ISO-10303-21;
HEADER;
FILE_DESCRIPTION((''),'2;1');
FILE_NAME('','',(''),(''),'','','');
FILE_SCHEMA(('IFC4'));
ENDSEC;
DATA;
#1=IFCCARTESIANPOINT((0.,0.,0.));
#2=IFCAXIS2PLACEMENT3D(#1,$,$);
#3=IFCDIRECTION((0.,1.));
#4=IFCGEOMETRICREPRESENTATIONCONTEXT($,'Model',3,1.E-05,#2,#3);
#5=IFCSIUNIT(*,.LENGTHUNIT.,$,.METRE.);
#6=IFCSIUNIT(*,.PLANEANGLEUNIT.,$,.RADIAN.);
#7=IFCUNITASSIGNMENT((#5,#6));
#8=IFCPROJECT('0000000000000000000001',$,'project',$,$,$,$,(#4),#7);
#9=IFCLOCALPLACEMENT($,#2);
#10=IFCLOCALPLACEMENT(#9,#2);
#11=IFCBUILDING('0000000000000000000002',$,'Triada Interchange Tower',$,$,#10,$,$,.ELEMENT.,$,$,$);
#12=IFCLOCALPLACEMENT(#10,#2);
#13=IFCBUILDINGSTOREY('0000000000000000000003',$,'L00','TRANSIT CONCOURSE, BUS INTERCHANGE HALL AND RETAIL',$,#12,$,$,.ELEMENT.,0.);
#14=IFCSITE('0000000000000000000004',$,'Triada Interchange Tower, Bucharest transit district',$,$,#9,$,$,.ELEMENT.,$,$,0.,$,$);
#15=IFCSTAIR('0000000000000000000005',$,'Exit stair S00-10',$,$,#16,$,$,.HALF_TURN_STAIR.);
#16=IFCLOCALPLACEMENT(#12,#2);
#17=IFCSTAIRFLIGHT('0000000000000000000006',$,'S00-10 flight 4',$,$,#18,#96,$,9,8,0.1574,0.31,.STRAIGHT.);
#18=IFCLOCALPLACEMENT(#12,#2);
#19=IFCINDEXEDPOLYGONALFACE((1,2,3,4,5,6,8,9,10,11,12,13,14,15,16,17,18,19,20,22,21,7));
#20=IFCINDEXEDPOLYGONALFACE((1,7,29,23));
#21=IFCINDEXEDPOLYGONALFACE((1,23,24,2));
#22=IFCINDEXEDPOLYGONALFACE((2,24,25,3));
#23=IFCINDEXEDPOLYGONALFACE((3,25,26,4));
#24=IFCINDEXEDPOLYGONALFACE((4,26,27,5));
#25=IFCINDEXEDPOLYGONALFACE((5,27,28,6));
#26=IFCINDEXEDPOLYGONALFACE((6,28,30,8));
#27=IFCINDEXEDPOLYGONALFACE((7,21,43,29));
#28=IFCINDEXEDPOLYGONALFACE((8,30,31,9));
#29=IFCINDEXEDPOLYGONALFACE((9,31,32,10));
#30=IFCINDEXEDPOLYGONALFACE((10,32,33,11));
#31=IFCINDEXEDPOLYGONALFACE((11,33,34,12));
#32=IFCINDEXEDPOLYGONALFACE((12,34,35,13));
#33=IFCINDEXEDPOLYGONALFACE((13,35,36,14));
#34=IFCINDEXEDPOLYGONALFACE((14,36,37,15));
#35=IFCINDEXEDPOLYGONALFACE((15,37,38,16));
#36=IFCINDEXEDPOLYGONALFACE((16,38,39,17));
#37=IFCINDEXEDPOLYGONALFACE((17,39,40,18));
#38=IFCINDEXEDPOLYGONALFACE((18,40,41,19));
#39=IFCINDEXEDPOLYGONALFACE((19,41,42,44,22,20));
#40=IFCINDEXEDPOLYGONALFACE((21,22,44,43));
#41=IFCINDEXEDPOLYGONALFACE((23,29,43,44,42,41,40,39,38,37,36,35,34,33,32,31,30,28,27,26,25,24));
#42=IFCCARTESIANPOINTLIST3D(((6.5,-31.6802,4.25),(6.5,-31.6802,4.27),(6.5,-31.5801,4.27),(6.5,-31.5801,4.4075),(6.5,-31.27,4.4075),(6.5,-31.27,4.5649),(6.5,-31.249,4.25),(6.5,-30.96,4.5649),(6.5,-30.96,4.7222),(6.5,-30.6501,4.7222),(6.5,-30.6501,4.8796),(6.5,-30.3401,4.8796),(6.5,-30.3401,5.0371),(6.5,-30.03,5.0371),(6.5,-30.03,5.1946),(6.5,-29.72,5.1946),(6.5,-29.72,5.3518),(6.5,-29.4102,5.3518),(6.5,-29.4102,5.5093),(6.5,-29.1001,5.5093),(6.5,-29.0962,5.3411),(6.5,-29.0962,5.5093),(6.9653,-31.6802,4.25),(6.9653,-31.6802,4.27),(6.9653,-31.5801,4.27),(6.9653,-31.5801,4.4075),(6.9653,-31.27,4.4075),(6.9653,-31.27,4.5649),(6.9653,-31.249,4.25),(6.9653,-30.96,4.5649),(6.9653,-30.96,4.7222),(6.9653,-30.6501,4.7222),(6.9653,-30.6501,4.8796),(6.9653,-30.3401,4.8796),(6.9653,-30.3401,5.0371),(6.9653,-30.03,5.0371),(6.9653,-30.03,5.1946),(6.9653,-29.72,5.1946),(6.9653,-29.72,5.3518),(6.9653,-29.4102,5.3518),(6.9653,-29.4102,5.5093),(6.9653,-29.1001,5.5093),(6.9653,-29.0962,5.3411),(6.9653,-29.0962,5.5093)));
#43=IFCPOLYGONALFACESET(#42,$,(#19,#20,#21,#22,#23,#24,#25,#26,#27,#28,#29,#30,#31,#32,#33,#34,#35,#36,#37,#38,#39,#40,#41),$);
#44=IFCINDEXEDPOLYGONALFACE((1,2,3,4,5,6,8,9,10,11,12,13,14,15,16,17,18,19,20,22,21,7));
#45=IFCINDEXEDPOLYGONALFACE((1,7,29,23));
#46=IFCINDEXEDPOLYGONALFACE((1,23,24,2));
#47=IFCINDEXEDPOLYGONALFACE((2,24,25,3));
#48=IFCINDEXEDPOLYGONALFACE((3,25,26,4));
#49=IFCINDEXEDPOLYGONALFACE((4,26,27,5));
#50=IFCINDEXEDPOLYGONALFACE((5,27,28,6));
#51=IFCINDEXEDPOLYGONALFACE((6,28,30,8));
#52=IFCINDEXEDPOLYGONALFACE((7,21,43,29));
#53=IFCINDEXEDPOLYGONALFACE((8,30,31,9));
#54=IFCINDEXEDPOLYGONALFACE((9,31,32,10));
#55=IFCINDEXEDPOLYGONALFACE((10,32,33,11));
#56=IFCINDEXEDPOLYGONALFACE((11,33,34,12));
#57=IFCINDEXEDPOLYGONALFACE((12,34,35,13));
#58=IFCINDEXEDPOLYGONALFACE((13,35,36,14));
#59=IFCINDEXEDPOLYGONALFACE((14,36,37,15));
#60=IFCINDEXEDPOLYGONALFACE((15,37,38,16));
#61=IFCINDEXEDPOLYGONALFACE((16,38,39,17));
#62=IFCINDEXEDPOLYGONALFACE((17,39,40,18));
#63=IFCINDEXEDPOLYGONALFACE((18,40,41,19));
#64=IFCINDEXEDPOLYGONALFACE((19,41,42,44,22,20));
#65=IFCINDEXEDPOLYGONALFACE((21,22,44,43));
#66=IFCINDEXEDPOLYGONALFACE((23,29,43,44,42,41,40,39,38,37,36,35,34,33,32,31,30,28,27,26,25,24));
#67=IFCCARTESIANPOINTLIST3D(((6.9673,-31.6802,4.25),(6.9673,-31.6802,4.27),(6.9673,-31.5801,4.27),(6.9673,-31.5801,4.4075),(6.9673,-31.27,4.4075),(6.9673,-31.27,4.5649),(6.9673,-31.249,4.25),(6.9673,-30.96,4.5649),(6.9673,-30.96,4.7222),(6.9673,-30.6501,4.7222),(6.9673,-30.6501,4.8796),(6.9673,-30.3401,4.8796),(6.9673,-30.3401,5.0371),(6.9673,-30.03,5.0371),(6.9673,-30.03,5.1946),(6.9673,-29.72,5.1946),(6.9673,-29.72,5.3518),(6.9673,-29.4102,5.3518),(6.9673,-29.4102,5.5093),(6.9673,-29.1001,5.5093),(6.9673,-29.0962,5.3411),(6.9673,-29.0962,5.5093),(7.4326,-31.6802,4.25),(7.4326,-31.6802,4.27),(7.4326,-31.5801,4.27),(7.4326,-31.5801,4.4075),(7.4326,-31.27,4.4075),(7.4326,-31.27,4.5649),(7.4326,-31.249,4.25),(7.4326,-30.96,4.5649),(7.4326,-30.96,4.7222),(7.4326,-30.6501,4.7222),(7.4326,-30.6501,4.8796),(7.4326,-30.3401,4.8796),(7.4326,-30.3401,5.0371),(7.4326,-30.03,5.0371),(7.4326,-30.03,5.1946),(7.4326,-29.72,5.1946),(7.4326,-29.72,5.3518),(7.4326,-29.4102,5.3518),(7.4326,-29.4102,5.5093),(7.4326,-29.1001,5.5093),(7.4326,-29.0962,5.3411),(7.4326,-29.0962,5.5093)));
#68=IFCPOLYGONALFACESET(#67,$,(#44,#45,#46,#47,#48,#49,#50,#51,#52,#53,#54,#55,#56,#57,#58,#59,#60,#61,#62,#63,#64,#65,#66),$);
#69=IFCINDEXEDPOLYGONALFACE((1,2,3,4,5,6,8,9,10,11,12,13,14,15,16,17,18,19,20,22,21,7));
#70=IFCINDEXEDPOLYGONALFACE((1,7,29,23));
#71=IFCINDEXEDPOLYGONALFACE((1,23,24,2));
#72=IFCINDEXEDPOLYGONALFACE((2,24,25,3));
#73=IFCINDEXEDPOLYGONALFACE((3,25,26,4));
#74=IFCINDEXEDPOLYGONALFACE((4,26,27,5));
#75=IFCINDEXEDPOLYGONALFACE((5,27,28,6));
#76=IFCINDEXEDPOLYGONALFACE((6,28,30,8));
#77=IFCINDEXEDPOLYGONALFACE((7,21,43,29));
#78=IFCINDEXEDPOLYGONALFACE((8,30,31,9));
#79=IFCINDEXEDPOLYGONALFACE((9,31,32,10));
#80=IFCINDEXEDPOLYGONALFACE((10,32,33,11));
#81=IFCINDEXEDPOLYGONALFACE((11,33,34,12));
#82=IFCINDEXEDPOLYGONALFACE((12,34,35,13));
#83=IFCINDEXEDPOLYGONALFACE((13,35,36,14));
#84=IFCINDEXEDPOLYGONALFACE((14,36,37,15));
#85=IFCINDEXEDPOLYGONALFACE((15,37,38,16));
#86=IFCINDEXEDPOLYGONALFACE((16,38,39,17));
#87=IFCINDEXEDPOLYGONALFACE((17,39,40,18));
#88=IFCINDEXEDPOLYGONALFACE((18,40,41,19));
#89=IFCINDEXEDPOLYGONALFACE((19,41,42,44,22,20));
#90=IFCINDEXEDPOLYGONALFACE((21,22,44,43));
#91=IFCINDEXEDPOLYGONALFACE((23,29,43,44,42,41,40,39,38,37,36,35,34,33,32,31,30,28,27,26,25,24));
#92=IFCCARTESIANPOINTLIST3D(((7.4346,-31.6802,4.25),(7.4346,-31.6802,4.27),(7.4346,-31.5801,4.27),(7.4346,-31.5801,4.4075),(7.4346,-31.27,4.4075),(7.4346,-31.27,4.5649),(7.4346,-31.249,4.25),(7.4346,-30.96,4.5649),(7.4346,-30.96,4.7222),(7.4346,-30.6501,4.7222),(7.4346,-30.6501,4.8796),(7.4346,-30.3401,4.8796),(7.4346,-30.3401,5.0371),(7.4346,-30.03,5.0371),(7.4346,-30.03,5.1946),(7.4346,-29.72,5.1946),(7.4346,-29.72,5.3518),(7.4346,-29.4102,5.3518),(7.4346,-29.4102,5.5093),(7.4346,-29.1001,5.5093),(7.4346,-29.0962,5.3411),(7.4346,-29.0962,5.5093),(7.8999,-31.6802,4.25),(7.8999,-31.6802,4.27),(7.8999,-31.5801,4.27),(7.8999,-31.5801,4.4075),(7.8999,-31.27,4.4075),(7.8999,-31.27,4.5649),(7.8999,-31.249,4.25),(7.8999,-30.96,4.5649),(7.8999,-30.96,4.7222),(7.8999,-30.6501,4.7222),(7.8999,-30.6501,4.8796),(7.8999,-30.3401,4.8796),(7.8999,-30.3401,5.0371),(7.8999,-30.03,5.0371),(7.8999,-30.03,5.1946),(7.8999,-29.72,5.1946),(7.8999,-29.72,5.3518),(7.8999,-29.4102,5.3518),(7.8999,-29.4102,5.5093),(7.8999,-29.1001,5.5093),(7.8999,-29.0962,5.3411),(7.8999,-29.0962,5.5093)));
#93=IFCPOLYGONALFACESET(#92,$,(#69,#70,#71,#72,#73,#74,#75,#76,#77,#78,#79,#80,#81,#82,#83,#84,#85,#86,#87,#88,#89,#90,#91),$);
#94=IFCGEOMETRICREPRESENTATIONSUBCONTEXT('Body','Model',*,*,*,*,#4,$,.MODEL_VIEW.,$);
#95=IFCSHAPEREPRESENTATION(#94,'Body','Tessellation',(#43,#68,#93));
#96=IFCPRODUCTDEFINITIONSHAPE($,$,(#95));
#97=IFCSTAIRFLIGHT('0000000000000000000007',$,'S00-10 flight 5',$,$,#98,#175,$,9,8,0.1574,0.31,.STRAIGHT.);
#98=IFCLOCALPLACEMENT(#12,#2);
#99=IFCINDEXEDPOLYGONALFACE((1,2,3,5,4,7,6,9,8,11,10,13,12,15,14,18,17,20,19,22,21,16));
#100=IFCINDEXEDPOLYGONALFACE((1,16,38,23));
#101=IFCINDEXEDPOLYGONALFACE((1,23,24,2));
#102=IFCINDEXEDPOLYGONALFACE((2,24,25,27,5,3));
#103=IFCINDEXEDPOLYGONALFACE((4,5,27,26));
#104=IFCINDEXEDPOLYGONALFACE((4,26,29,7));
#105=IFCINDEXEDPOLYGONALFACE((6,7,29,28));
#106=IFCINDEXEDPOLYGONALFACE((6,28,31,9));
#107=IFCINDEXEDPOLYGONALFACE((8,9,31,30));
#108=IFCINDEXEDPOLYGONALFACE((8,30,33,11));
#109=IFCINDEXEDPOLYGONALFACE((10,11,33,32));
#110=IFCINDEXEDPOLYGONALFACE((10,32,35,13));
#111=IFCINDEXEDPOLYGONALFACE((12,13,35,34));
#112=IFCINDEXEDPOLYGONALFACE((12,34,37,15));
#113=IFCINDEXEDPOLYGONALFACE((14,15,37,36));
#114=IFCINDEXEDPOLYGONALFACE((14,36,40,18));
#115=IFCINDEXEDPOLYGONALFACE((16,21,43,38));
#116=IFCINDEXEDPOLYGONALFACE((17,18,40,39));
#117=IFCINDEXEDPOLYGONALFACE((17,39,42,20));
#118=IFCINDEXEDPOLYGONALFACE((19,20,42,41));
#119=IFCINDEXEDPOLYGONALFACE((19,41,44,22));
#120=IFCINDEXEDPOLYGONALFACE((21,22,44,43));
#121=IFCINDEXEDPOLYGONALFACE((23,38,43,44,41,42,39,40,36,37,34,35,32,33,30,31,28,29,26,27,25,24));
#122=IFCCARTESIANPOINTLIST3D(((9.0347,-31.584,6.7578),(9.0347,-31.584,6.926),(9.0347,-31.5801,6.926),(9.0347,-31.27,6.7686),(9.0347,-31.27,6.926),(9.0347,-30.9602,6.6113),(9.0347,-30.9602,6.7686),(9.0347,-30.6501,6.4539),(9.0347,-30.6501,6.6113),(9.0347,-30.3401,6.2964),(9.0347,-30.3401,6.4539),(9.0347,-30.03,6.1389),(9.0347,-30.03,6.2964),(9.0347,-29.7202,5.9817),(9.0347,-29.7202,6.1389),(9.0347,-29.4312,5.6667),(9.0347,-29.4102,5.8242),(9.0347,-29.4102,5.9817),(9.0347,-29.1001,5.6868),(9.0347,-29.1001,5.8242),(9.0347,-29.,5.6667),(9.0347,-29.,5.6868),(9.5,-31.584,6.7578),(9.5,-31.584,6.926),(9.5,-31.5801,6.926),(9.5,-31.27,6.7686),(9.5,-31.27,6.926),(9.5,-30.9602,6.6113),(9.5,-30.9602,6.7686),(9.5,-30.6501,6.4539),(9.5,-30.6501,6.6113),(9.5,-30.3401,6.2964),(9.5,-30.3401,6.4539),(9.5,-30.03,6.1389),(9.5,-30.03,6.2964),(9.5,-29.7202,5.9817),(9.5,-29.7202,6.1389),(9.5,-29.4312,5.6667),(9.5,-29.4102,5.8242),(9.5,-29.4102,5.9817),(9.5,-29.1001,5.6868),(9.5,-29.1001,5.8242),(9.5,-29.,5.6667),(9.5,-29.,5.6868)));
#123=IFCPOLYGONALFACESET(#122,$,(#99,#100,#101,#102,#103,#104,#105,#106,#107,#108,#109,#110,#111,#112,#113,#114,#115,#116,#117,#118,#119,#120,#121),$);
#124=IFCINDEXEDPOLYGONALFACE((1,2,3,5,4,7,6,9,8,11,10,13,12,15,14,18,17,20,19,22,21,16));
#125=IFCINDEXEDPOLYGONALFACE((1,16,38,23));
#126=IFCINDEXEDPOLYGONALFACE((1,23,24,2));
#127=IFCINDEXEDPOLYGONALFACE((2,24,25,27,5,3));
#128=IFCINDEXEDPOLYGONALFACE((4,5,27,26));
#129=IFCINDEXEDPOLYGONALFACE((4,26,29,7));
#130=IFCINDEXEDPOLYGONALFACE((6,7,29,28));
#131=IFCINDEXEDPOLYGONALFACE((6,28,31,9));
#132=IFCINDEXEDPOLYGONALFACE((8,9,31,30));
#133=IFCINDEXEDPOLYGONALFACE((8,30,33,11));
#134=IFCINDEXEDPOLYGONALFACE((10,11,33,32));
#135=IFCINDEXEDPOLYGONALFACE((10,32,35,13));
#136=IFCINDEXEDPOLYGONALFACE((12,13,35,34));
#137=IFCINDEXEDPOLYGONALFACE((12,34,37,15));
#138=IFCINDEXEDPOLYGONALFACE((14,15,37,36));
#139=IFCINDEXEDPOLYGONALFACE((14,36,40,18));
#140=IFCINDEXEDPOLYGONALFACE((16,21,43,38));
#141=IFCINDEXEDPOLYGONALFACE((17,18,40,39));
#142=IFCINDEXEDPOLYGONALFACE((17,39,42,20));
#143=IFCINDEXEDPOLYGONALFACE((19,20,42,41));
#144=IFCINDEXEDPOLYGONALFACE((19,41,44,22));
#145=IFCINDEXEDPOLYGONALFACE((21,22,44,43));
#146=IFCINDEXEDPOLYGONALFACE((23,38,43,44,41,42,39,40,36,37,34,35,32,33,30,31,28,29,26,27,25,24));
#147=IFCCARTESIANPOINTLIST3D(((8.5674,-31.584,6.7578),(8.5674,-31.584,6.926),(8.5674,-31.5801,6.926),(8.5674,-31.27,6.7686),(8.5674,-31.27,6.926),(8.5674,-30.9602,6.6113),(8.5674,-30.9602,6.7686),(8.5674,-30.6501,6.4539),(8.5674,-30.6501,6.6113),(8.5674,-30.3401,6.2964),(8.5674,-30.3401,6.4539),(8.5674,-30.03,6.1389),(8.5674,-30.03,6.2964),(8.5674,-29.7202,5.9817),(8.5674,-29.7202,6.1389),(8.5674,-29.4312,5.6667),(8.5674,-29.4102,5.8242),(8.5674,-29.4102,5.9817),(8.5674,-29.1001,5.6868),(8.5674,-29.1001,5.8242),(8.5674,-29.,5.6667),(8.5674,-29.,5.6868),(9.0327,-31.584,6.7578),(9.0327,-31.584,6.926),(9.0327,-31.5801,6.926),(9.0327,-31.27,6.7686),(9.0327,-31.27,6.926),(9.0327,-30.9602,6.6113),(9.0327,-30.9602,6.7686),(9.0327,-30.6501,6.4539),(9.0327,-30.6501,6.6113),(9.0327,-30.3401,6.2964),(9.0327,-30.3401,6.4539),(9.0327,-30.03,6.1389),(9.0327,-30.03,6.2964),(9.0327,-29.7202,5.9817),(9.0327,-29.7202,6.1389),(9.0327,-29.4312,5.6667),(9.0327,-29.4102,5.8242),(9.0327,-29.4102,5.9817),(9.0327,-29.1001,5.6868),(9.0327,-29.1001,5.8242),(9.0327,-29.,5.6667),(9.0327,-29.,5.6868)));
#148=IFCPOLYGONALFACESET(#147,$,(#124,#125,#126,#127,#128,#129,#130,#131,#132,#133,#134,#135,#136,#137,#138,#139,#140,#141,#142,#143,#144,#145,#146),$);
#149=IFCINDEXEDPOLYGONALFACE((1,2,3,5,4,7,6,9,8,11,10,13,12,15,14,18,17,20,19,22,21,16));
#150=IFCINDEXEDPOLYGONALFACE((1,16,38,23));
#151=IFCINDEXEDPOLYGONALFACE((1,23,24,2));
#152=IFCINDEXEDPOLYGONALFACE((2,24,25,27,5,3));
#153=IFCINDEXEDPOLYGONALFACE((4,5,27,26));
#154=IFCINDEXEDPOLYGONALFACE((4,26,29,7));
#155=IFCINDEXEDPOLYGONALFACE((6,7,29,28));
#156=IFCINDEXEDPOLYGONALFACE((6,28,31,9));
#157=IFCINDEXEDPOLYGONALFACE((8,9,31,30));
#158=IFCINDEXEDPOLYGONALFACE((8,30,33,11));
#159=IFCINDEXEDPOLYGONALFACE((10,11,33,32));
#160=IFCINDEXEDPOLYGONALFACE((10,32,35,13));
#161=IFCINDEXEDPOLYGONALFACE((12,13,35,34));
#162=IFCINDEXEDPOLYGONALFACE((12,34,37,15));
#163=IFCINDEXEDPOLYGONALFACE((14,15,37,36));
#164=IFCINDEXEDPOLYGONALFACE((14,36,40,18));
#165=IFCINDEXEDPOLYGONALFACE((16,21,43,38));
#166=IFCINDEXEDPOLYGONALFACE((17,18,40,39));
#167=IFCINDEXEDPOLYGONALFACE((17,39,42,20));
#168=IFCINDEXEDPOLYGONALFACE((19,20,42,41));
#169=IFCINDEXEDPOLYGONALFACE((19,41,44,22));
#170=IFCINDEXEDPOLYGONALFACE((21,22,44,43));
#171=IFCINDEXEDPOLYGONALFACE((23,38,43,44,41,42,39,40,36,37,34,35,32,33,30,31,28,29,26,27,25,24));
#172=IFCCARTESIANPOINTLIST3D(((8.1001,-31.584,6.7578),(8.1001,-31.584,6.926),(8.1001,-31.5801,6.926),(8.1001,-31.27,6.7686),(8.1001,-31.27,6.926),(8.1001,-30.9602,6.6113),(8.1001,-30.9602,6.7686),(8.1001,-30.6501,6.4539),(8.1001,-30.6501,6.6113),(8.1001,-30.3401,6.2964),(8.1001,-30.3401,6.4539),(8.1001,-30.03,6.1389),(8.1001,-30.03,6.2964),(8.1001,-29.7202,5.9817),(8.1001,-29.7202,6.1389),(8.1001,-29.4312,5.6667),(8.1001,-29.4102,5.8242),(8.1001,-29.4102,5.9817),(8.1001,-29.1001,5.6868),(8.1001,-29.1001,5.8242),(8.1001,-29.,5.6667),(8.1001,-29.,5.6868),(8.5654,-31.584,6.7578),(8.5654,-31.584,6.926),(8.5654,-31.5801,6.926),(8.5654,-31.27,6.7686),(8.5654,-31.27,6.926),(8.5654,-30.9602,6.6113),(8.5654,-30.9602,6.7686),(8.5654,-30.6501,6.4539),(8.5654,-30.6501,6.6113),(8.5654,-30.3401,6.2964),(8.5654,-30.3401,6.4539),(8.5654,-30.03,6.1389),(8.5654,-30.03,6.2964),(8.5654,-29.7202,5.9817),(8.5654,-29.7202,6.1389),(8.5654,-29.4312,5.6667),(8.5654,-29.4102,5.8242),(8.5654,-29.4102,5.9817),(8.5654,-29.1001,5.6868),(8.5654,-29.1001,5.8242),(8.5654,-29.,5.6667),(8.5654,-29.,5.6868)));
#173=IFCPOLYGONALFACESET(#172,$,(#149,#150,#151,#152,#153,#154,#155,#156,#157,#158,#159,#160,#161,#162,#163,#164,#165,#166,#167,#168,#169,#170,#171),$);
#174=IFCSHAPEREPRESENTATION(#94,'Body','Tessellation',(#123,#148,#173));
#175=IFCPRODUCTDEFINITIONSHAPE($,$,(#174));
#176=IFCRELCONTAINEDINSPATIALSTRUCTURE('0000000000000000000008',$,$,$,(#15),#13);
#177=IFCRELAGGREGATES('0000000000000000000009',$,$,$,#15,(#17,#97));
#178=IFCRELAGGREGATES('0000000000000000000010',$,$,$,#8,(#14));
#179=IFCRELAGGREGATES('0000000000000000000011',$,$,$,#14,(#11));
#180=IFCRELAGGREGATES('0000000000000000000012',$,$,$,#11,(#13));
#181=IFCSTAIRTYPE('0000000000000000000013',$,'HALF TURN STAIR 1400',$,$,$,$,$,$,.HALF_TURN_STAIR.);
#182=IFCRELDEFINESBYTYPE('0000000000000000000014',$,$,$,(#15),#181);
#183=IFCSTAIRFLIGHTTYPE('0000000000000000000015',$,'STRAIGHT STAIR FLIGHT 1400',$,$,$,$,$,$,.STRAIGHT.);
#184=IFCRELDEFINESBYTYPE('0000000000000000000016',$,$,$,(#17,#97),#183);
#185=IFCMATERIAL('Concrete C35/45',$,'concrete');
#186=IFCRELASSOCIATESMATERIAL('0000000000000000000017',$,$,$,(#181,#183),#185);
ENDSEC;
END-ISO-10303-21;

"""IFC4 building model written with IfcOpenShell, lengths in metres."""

from ifc_helpers import new_model, si_unit, direction, frame, origin, place, context, subcontext, project, spatial, polyline, outline, extrude, material, type_object, element, aggregate, save


model = new_model("IFC4")

# Units and contexts
model_context = context("Model", 3, precision=1e-05, world=origin(), true_north=direction((0.0, 1.0)))
body_context = subcontext(model_context, "Body", "Model", "MODEL_VIEW")
ifc_project = project(units=[si_unit("LENGTHUNIT", "METRE"), si_unit("PLANEANGLEUNIT", "RADIAN")], contexts=[model_context])

# Site, building, storey
site_placement = place(None, origin())
site = spatial("IfcSite", under=ifc_project, at=site_placement, Name="Triada Interchange Tower, Bucharest transit district", CompositionType="ELEMENT", RefElevation=0.0)
building_placement = place(site_placement, origin())
building = spatial("IfcBuilding", under=site, at=building_placement, Name="Triada Interchange Tower", CompositionType="ELEMENT")
storey_placement = place(building_placement, origin())
storey = spatial("IfcBuildingStorey", under=building, at=storey_placement, Name="L00", Description="TRANSIT CONCOURSE, BUS INTERCHANGE HALL AND RETAIL", CompositionType="ELEMENT", Elevation=0.0)

# Stair, stair flights
ifc_material_1 = material(Name="Concrete C35/45", Category="concrete")
stair_type = type_object("IfcStairType", Name="HALF TURN STAIR 1400", PredefinedType="HALF_TURN_STAIR", material=ifc_material_1)
stair_placement = place(storey_placement, origin())
stair = element("IfcStair", 1, at=stair_placement, inside=storey, type_object=stair_type, Name="Exit stair S00-10", PredefinedType="HALF_TURN_STAIR")
stair_flight_type = type_object("IfcStairFlightType", Name="STRAIGHT STAIR FLIGHT 1400", PredefinedType="STRAIGHT", material=ifc_material_1)
stair_flight_1_placement = place(storey_placement, frame((7.2, -31.5801, 4.25), z_axis=(0.0, 0.0, 1.0), x_axis=(0.0, 1.0, 0.0)))
stair_flight_1 = element("IfcStairFlight", 2, at=stair_flight_1_placement, type_object=stair_flight_type, Name="S00-10 flight 4", NumberOfRisers=9, NumberOfTreads=8, PredefinedType="STRAIGHT", RiserHeight=0.1574, TreadLength=0.31, context=body_context, shape_type="SweptSolid", body=[
    extrude(outline(polyline([(-0.1001, 0.0), (-0.1001, 0.02), (0.0, 0.02), (0.0, 0.1575), (0.3101, 0.1575), (0.3101, 0.3149), (0.6201, 0.3149), (0.6201, 0.4722), (0.9299, 0.4722), (0.9299, 0.6296), (1.24, 0.6296), (1.24, 0.7871), (1.55, 0.7871), (1.55, 0.9446), (1.8601, 0.9446), (1.8601, 1.1018), (2.1699, 1.1018), (2.1699, 1.2593), (2.48, 1.2593), (2.4839, 1.2593), (2.4839, 1.4167), (2.4839, 1.0911), (0.3311, 0.0), (-0.1001, 0.0)])), frame((0.0, 0.7, 0.0), z_axis=(0.0, -1.0, 0.0), x_axis=(1.0, 0.0, 0.0)), (0.0, 0.0, 1.0), 0.4653),
    extrude(outline(polyline([(-0.1001, 0.0), (-0.1001, 0.02), (0.0, 0.02), (0.0, 0.1575), (0.3101, 0.1575), (0.3101, 0.3149), (0.6201, 0.3149), (0.6201, 0.4722), (0.9299, 0.4722), (0.9299, 0.6296), (1.24, 0.6296), (1.24, 0.7871), (1.55, 0.7871), (1.55, 0.9446), (1.8601, 0.9446), (1.8601, 1.1018), (2.1699, 1.1018), (2.1699, 1.2593), (2.48, 1.2593), (2.4839, 1.2593), (2.4839, 1.4167), (2.4839, 1.0911), (0.3311, 0.0), (-0.1001, 0.0)])), frame((0.0, 0.2327, 0.0), z_axis=(0.0, -1.0, 0.0), x_axis=(1.0, 0.0, 0.0)), (0.0, 0.0, 1.0), 0.4653),
    extrude(outline(polyline([(-0.1001, 0.0), (-0.1001, 0.02), (0.0, 0.02), (0.0, 0.1575), (0.3101, 0.1575), (0.3101, 0.3149), (0.6201, 0.3149), (0.6201, 0.4722), (0.9299, 0.4722), (0.9299, 0.6296), (1.24, 0.6296), (1.24, 0.7871), (1.55, 0.7871), (1.55, 0.9446), (1.8601, 0.9446), (1.8601, 1.1018), (2.1699, 1.1018), (2.1699, 1.2593), (2.48, 1.2593), (2.4839, 1.2593), (2.4839, 1.4167), (2.4839, 1.0911), (0.3311, 0.0), (-0.1001, 0.0)])), frame((0.0, -0.2346, 0.0), z_axis=(0.0, -1.0, 0.0), x_axis=(1.0, 0.0, 0.0)), (0.0, 0.0, 1.0), 0.4653),
])
stair_flight_2_placement = place(storey_placement, frame((8.8, -29.1001, 5.6667), z_axis=(0.0, 0.0, 1.0), x_axis=(0.0, -1.0, 0.0)))
stair_flight_2 = element("IfcStairFlight", 3, at=stair_flight_2_placement, type_object=stair_flight_type, Name="S00-10 flight 5", NumberOfRisers=9, NumberOfTreads=8, PredefinedType="STRAIGHT", RiserHeight=0.1574, TreadLength=0.31, context=body_context, shape_type="SweptSolid", body=[
    extrude(outline(polyline([(-0.1001, 0.0), (-0.1001, 0.02), (0.0, 0.02), (0.0, 0.1575), (0.3101, 0.1575), (0.3101, 0.3149), (0.6201, 0.3149), (0.6201, 0.4722), (0.9299, 0.4722), (0.9299, 0.6296), (1.24, 0.6296), (1.24, 0.7871), (1.55, 0.7871), (1.55, 0.9446), (1.8601, 0.9446), (1.8601, 1.1018), (2.1699, 1.1018), (2.1699, 1.2593), (2.48, 1.2593), (2.4839, 1.2593), (2.4839, 1.4167), (2.4839, 1.0911), (0.3311, 0.0), (-0.1001, 0.0)])), frame((0.0, 0.7, 0.0), z_axis=(0.0, -1.0, 0.0), x_axis=(1.0, 0.0, 0.0)), (0.0, 0.0, 1.0), 0.4653),
    extrude(outline(polyline([(-0.1001, 0.0), (-0.1001, 0.02), (0.0, 0.02), (0.0, 0.1575), (0.3101, 0.1575), (0.3101, 0.3149), (0.6201, 0.3149), (0.6201, 0.4722), (0.9299, 0.4722), (0.9299, 0.6296), (1.24, 0.6296), (1.24, 0.7871), (1.55, 0.7871), (1.55, 0.9446), (1.8601, 0.9446), (1.8601, 1.1018), (2.1699, 1.1018), (2.1699, 1.2593), (2.48, 1.2593), (2.4839, 1.2593), (2.4839, 1.4167), (2.4839, 1.0911), (0.3311, 0.0), (-0.1001, 0.0)])), frame((0.0, 0.2327, 0.0), z_axis=(0.0, -1.0, 0.0), x_axis=(1.0, 0.0, 0.0)), (0.0, 0.0, 1.0), 0.4653),
    extrude(outline(polyline([(-0.1001, 0.0), (-0.1001, 0.02), (0.0, 0.02), (0.0, 0.1575), (0.3101, 0.1575), (0.3101, 0.3149), (0.6201, 0.3149), (0.6201, 0.4722), (0.9299, 0.4722), (0.9299, 0.6296), (1.24, 0.6296), (1.24, 0.7871), (1.55, 0.7871), (1.55, 0.9446), (1.8601, 0.9446), (1.8601, 1.1018), (2.1699, 1.1018), (2.1699, 1.2593), (2.48, 1.2593), (2.4839, 1.2593), (2.4839, 1.4167), (2.4839, 1.0911), (0.3311, 0.0), (-0.1001, 0.0)])), frame((0.0, -0.2346, 0.0), z_axis=(0.0, -1.0, 0.0), x_axis=(1.0, 0.0, 0.0)), (0.0, 0.0, 1.0), 0.4653),
])
aggregate(stair, [stair_flight_1, stair_flight_2])

save(model, "model.ifc")
